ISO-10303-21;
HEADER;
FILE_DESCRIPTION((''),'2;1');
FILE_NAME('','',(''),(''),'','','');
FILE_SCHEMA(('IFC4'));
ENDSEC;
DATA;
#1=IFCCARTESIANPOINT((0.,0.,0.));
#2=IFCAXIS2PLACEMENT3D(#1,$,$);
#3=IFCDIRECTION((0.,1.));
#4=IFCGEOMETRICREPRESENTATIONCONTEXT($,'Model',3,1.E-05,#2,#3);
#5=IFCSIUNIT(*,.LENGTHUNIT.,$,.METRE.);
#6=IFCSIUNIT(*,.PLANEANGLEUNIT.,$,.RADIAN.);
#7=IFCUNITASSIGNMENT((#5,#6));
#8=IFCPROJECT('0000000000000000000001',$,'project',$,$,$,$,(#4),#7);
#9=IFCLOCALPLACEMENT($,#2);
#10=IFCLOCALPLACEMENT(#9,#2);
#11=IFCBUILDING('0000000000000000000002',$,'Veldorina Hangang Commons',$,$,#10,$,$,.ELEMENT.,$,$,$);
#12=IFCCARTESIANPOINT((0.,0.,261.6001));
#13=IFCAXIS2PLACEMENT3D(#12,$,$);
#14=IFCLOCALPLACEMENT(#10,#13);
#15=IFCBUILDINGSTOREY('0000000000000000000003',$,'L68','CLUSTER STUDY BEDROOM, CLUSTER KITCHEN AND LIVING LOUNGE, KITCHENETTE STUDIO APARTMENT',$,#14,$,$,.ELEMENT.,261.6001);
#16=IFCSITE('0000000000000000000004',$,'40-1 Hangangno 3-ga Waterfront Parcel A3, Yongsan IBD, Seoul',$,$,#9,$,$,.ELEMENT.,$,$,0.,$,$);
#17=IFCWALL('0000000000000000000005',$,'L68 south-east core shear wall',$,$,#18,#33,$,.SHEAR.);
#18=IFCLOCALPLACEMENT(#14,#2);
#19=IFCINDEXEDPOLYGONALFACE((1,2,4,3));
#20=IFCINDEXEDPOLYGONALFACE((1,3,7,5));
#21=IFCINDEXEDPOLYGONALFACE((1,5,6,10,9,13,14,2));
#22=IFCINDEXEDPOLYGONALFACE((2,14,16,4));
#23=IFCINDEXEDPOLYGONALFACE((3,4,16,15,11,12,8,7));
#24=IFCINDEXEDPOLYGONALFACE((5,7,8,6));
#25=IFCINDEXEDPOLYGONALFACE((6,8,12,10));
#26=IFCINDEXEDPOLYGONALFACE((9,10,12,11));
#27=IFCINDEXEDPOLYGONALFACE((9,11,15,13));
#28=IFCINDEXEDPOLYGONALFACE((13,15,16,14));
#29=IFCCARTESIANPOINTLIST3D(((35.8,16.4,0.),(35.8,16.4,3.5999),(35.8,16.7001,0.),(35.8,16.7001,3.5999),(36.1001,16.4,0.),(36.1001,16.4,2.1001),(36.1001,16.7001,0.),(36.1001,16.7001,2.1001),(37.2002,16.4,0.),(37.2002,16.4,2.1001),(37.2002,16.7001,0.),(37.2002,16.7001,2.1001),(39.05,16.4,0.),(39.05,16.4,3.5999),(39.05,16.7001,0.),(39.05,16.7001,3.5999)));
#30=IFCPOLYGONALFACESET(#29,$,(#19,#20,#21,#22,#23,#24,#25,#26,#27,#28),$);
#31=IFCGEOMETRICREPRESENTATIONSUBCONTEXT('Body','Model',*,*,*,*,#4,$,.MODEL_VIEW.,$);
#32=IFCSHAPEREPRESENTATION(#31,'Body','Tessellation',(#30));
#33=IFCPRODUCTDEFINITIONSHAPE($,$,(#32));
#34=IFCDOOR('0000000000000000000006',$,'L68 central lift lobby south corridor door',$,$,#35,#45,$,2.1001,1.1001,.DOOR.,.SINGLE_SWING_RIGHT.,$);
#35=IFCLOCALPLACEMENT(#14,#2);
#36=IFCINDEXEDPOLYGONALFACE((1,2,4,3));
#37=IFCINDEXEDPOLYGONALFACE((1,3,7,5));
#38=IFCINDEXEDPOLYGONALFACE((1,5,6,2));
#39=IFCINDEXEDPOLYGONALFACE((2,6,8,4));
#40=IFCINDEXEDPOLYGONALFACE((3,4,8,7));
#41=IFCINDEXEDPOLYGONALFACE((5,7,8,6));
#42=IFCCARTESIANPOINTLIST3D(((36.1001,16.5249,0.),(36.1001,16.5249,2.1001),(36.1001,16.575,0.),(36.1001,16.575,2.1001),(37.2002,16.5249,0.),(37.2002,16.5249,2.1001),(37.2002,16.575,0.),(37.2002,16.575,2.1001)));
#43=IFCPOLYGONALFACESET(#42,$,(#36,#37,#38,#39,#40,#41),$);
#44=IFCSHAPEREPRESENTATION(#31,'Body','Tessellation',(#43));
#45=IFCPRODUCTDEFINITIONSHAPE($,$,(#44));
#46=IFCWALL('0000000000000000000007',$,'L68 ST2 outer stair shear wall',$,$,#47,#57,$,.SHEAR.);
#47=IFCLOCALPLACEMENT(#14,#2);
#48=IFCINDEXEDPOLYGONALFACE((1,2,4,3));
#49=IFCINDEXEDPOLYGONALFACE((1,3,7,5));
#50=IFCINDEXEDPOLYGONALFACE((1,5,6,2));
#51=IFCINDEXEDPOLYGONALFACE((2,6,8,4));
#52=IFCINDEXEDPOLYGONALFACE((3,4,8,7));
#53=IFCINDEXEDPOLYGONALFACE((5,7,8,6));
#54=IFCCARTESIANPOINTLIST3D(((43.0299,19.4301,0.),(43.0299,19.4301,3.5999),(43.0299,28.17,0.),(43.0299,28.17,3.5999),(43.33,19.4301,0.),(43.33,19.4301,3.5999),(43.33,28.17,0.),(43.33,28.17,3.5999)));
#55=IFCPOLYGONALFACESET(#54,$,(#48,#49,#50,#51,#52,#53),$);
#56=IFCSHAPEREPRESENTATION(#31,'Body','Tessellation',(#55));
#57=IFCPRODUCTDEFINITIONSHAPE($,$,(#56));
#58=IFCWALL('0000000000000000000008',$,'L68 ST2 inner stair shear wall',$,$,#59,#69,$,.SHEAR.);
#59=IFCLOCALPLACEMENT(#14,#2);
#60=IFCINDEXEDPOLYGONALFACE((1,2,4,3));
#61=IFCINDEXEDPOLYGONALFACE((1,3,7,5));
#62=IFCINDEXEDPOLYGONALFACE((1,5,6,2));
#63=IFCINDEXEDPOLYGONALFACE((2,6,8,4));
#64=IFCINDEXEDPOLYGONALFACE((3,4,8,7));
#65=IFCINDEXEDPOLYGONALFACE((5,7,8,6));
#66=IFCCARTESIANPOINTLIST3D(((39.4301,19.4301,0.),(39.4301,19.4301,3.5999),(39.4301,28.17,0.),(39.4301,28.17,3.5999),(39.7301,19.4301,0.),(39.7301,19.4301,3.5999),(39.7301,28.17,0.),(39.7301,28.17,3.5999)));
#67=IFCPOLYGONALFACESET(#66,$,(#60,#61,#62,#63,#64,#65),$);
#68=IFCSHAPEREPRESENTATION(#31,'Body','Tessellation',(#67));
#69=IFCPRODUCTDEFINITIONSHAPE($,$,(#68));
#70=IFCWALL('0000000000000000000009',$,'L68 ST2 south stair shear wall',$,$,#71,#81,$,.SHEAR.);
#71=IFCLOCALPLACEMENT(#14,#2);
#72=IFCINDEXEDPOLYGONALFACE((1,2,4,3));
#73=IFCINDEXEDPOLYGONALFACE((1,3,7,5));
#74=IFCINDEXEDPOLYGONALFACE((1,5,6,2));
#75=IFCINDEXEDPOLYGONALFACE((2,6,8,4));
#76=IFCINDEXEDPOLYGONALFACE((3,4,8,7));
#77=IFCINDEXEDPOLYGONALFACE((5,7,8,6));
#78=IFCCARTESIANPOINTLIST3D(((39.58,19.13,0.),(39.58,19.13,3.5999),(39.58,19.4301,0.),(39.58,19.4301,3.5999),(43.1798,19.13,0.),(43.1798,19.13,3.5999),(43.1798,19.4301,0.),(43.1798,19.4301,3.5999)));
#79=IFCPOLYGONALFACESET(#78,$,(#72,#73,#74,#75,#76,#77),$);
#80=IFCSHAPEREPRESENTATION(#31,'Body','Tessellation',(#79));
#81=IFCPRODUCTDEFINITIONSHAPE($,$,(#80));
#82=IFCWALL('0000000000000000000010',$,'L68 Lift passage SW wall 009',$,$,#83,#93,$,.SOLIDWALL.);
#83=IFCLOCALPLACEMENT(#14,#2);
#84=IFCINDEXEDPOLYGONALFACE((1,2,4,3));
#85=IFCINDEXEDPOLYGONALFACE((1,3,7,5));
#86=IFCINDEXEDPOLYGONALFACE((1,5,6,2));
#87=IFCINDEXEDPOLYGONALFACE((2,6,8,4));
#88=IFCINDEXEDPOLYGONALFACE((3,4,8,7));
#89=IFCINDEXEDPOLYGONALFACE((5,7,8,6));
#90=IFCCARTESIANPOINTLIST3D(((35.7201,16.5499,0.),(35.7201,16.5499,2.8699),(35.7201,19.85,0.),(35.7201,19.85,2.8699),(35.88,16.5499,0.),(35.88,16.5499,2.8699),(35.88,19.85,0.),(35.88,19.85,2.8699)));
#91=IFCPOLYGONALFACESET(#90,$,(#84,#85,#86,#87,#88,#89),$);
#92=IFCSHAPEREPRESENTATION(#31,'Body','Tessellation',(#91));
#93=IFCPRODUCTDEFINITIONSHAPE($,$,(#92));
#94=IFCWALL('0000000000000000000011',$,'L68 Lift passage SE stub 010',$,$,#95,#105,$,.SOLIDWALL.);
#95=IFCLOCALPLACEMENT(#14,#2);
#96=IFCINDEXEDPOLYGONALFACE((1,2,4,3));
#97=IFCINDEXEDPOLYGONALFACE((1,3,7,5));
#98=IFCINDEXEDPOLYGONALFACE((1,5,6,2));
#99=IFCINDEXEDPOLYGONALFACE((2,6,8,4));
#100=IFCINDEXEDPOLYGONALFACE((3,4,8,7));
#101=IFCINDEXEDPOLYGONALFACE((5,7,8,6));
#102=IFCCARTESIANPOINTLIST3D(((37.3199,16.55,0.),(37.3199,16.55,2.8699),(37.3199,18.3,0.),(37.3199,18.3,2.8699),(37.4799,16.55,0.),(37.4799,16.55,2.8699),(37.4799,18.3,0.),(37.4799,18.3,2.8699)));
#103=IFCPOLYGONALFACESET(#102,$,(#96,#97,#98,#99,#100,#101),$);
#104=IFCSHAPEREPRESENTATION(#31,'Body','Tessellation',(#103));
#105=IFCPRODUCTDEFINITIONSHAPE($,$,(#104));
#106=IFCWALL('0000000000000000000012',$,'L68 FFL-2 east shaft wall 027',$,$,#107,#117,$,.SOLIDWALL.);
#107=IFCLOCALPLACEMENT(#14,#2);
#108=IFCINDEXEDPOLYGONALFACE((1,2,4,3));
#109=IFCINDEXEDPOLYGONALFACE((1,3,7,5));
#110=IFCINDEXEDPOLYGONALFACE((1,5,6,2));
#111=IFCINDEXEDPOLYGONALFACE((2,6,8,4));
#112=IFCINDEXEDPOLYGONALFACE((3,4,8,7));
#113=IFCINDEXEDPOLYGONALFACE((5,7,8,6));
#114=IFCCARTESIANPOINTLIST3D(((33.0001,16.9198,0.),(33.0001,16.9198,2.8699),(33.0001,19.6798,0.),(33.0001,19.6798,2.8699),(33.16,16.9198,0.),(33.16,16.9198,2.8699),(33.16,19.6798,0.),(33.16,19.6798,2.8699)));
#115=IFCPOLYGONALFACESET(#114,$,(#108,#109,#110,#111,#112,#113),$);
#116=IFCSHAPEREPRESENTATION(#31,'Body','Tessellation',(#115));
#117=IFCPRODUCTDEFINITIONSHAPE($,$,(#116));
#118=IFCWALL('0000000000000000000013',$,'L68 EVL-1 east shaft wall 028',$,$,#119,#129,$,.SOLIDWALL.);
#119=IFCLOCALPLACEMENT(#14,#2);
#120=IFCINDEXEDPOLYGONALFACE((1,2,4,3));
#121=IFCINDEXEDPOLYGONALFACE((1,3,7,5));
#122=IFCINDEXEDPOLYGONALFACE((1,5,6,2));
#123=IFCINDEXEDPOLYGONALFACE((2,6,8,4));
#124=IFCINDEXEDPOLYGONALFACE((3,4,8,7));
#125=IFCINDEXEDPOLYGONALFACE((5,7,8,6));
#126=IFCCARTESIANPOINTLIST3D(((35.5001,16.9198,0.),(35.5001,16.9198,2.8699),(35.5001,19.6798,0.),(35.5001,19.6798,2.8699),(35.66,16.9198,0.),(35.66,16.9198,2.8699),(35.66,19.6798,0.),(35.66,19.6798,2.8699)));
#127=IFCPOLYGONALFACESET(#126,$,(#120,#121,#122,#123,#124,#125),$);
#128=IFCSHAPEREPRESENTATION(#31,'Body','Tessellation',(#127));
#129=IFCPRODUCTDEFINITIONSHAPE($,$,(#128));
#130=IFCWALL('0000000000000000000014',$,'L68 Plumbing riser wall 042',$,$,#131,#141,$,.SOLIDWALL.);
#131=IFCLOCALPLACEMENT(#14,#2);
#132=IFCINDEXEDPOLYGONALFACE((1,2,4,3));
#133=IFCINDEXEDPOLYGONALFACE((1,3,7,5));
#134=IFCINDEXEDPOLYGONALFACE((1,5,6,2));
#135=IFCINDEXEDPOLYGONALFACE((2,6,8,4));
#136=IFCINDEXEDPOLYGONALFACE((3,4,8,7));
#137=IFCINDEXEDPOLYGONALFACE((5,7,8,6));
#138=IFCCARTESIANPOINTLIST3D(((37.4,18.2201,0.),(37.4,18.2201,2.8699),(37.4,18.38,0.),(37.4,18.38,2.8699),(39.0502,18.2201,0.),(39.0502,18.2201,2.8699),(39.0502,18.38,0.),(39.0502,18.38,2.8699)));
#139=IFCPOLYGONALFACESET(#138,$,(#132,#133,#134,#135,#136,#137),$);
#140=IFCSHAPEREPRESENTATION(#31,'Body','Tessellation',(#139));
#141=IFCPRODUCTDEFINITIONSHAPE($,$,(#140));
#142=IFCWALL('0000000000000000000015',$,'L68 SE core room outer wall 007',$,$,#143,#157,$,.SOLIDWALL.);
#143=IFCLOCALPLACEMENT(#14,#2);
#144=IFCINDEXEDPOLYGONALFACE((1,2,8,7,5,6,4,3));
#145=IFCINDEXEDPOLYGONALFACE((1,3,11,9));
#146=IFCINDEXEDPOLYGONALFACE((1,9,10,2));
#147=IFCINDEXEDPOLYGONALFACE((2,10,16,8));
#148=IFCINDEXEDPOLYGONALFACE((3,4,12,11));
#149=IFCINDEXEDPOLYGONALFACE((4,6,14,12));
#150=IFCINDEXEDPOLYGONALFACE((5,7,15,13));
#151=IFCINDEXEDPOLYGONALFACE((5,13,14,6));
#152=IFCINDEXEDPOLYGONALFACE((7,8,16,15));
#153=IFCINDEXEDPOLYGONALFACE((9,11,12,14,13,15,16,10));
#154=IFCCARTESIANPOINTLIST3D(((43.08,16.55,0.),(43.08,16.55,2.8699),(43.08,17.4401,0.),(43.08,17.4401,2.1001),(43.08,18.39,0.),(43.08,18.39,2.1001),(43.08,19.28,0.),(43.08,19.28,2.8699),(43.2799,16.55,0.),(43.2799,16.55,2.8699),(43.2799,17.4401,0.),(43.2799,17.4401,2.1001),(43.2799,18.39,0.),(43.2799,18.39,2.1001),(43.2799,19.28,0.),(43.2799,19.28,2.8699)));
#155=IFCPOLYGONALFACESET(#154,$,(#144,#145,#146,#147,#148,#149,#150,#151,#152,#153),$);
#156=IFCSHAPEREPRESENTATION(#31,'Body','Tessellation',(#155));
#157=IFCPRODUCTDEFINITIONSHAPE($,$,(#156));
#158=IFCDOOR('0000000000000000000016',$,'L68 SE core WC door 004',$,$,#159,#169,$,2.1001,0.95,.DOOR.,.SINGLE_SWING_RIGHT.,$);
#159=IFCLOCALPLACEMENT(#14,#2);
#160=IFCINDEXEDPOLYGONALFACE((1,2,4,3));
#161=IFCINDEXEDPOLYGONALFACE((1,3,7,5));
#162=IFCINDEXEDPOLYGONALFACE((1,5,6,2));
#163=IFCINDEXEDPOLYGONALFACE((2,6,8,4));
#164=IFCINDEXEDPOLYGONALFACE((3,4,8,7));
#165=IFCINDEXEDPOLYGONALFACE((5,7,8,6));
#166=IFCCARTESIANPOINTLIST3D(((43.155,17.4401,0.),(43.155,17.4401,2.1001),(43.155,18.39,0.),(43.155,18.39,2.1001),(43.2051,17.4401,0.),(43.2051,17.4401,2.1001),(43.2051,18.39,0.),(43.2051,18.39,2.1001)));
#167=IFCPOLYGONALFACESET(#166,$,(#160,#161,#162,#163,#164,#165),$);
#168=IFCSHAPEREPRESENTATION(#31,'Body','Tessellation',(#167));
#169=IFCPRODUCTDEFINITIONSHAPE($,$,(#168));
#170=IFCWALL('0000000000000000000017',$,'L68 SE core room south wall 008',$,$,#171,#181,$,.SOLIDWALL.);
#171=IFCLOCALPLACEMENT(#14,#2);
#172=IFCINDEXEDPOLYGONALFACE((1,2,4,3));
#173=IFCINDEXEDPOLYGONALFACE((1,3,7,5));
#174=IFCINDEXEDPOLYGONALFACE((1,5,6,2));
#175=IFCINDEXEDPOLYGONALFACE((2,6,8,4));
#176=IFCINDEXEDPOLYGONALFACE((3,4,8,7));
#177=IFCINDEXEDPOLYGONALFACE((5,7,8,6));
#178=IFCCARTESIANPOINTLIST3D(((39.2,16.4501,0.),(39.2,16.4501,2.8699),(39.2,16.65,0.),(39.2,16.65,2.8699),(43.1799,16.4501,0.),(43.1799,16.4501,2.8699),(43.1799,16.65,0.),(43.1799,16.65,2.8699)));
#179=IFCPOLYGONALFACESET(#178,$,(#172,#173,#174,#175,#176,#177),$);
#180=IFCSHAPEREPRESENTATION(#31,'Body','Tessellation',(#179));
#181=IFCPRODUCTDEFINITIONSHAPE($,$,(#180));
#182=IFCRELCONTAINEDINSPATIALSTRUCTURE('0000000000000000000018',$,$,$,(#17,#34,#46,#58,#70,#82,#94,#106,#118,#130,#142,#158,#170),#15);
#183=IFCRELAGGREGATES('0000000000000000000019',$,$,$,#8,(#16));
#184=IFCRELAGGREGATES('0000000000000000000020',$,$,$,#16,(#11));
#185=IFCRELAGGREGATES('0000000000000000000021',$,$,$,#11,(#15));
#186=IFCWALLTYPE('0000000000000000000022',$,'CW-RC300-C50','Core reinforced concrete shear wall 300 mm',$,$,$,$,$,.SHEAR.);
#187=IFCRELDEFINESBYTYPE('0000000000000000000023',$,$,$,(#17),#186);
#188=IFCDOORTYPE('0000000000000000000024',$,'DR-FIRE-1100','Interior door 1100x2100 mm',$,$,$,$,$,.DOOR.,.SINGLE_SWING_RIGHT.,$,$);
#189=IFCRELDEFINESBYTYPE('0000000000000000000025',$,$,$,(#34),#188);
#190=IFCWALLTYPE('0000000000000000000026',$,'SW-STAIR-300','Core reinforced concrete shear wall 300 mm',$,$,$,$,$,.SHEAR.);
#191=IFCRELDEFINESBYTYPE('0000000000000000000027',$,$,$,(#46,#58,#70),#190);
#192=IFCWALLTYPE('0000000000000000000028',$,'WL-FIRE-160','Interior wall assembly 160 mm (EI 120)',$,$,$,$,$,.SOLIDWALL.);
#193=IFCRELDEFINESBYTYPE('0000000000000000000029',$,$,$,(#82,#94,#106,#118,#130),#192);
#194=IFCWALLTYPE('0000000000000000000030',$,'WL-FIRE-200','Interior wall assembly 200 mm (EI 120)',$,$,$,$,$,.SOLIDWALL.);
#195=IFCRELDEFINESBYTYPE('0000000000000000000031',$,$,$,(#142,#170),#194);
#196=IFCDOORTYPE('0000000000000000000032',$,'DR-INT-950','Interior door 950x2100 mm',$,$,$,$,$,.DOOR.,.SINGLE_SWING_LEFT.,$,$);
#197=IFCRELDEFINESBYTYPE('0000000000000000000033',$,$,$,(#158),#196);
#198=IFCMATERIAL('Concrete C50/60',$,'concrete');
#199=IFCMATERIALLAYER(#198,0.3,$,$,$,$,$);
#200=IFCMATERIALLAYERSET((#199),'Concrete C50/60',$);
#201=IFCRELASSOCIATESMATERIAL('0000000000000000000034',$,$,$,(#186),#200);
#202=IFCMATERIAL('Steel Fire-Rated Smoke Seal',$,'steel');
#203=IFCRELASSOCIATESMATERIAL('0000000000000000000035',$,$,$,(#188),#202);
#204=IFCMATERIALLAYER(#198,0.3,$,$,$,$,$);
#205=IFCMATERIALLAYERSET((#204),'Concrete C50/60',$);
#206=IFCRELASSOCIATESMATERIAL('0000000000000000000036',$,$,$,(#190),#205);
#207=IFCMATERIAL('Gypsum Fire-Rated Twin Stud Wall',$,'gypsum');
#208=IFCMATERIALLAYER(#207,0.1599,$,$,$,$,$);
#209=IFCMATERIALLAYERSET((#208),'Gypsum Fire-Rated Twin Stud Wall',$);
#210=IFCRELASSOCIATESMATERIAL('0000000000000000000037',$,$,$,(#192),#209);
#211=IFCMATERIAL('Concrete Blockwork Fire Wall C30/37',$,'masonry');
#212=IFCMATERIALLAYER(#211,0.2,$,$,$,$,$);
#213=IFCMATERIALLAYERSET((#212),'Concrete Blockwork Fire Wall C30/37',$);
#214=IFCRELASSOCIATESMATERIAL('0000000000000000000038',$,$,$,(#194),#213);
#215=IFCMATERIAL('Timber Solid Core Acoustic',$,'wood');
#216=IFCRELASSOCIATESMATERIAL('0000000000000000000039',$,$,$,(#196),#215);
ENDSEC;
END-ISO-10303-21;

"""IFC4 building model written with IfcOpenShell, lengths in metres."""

from ifc_helpers import new_model, si_unit, direction, frame, frame_2d, origin, place, context, subcontext, project, spatial, rectangle, extrude, material, layer, layer_set, type_object, element, fill, save


model = new_model("IFC4")

# Units and contexts
model_context = context("Model", 3, precision=1e-05, world=origin(), true_north=direction((0.0, 1.0)))
body_context = subcontext(model_context, "Body", "Model", "MODEL_VIEW")
ifc_project = project(units=[si_unit("LENGTHUNIT", "METRE"), si_unit("PLANEANGLEUNIT", "RADIAN")], contexts=[model_context])

# Site, building, storey
site_placement = place(None, origin())
site = spatial("IfcSite", under=ifc_project, at=site_placement, Name="40-1 Hangangno 3-ga Waterfront Parcel A3, Yongsan IBD, Seoul", CompositionType="ELEMENT", RefElevation=0.0)
building_placement = place(site_placement, origin())
building = spatial("IfcBuilding", under=site, at=building_placement, Name="Veldorina Hangang Commons", CompositionType="ELEMENT")
storey_placement = place(building_placement, frame((0.0, 0.0, 261.6001)))
storey = spatial("IfcBuildingStorey", under=building, at=storey_placement, Name="L68", Description="CLUSTER STUDY BEDROOM, CLUSTER KITCHEN AND LIVING LOUNGE, KITCHENETTE STUDIO APARTMENT", CompositionType="ELEMENT", Elevation=261.6001)

# Shared definitions
ifc_material_1 = material(Name="Concrete C50/60", Category="concrete")

# Shared definitions
ifc_layer_1 = layer(ifc_material_1, 0.3)
ifc_layer_set_1 = layer_set([ifc_layer_1], Name="Concrete C50/60")
wall_type_1 = type_object("IfcWallType", Name="CW-RC300-C50", Description="Core reinforced concrete shear wall 300 mm", PredefinedType="SHEAR", material=ifc_layer_set_1)

# Wall, opening, door
wall_1_placement = place(storey_placement, frame((35.8, 16.55, 0.0), z_axis=(0.0, 0.0, 1.0), x_axis=(1.0, 0.0, 0.0)))
wall_1 = element("IfcWall", 1, at=wall_1_placement, inside=storey, type_object=wall_type_1, Name="L68 south-east core shear wall", PredefinedType="SHEAR", context=body_context, shape_type="SweptSolid", body=[
    extrude(rectangle(XDim=3.25, YDim=0.3, at=frame_2d((1.625, 0.0))), origin(), (0.0, 0.0, 1.0), 3.5999),
])
opening_1_placement = place(wall_1_placement, frame((0.3, 0.0, 0.0)))
opening_1 = element("IfcOpeningElement", 2, at=opening_1_placement, cuts=wall_1, PredefinedType="OPENING", context=body_context, shape_type="SweptSolid", body=[
    extrude(rectangle(XDim=1.1001, YDim=2.1001, at=frame_2d((0.55, 1.05))), frame((0.0, 0.1602, 0.0), z_axis=(0.0, -1.0, 0.0), x_axis=(1.0, 0.0, 0.0)), (0.0, 0.0, 1.0), 0.3201),
])
ifc_material_2 = material(Name="Steel Fire-Rated Smoke Seal", Category="steel")
door_type_1 = type_object("IfcDoorType", Name="DR-FIRE-1100", Description="Interior door 1100x2100 mm", OperationType="SINGLE_SWING_RIGHT", PredefinedType="DOOR", material=ifc_material_2)
door_1_placement = place(opening_1_placement, origin())
door_1 = element("IfcDoor", 3, at=door_1_placement, inside=storey, type_object=door_type_1, Name="L68 central lift lobby south corridor door", OperationType="SINGLE_SWING_RIGHT", OverallHeight=2.1001, OverallWidth=1.1001, PredefinedType="DOOR", context=body_context, shape_type="SweptSolid", body=[
    extrude(rectangle(XDim=1.1001, YDim=2.1001, at=frame_2d((0.55, 1.05))), frame((0.0, 0.0249, 0.0), z_axis=(0.0, -1.0, 0.0), x_axis=(1.0, 0.0, 0.0)), (0.0, 0.0, 1.0), 0.05),
])
fill(opening_1, door_1)

# Walls
ifc_layer_2 = layer(ifc_material_1, 0.3)
ifc_layer_set_2 = layer_set([ifc_layer_2], Name="Concrete C50/60")
wall_type_2 = type_object("IfcWallType", Name="SW-STAIR-300", Description="Core reinforced concrete shear wall 300 mm", PredefinedType="SHEAR", material=ifc_layer_set_2)
for number, where, z_axis, x_axis, name in (
    (4, (43.1799, 19.4299, 0.0), (0.0, 0.0, 1.0), (0.0, 1.0, 0.0), "L68 ST2 outer stair shear wall"),
    (5, (39.5801, 19.4299, 0.0), (0.0, 0.0, 1.0), (0.0, 1.0, 0.0), "L68 ST2 inner stair shear wall"),
):
    element("IfcWall", number, at=place(storey_placement, frame(where, z_axis=z_axis, x_axis=x_axis)), inside=storey, type_object=wall_type_2, Name=name, PredefinedType="SHEAR", context=body_context, shape_type="SweptSolid", body=[
        extrude(rectangle(XDim=8.74, YDim=0.3, at=frame_2d((4.3701, 0.0))), origin(), (0.0, 0.0, 1.0), 3.5999),
    ])
wall_2_placement = place(storey_placement, frame((39.5801, 19.28, 0.0), z_axis=(0.0, 0.0, 1.0), x_axis=(1.0, 0.0, 0.0)))
element("IfcWall", 6, at=wall_2_placement, inside=storey, type_object=wall_type_2, Name="L68 ST2 south stair shear wall", PredefinedType="SHEAR", context=body_context, shape_type="SweptSolid", body=[
    extrude(rectangle(XDim=3.5999, YDim=0.3, at=frame_2d((1.7998, 0.0))), origin(), (0.0, 0.0, 1.0), 3.5999),
])
ifc_material_3 = material(Name="Gypsum Fire-Rated Twin Stud Wall", Category="gypsum")
ifc_layer_3 = layer(ifc_material_3, 0.1599)
ifc_layer_set_3 = layer_set([ifc_layer_3], Name="Gypsum Fire-Rated Twin Stud Wall")
wall_type_3 = type_object("IfcWallType", Name="WL-FIRE-160", Description="Interior wall assembly 160 mm (EI 120)", PredefinedType="SOLIDWALL", material=ifc_layer_set_3)
wall_3_placement = place(storey_placement, frame((35.8, 16.55, 0.0), z_axis=(0.0, 0.0, 1.0), x_axis=(0.0, 1.0, 0.0)))
element("IfcWall", 7, at=wall_3_placement, inside=storey, type_object=wall_type_3, Name="L68 Lift passage SW wall 009", PredefinedType="SOLIDWALL", context=body_context, shape_type="SweptSolid", body=[
    extrude(rectangle(XDim=3.3, YDim=0.1599, at=frame_2d((1.6499, 0.0))), origin(), (0.0, 0.0, 1.0), 2.8699),
])
wall_4_placement = place(storey_placement, frame((37.3999, 16.55, 0.0), z_axis=(0.0, 0.0, 1.0), x_axis=(0.0, 1.0, 0.0)))
element("IfcWall", 8, at=wall_4_placement, inside=storey, type_object=wall_type_3, Name="L68 Lift passage SE stub 010", PredefinedType="SOLIDWALL", context=body_context, shape_type="SweptSolid", body=[
    extrude(rectangle(XDim=1.75, YDim=0.1599, at=frame_2d((0.875, 0.0))), origin(), (0.0, 0.0, 1.0), 2.8699),
])
for number, where, z_axis, x_axis, name in (
    (9, (33.0801, 16.9199, 0.0), (0.0, 0.0, 1.0), (0.0, 1.0, 0.0), "L68 FFL-2 east shaft wall 027"),
    (10, (35.5801, 16.9199, 0.0), (0.0, 0.0, 1.0), (0.0, 1.0, 0.0), "L68 EVL-1 east shaft wall 028"),
):
    element("IfcWall", number, at=place(storey_placement, frame(where, z_axis=z_axis, x_axis=x_axis)), inside=storey, type_object=wall_type_3, Name=name, PredefinedType="SOLIDWALL", context=body_context, shape_type="SweptSolid", body=[
        extrude(rectangle(XDim=2.76, YDim=0.1599, at=frame_2d((1.3799, 0.0))), origin(), (0.0, 0.0, 1.0), 2.8699),
    ])
wall_5_placement = place(storey_placement, frame((37.3999, 18.3, 0.0), z_axis=(0.0, 0.0, 1.0), x_axis=(1.0, 0.0, 0.0)))
element("IfcWall", 11, at=wall_5_placement, inside=storey, type_object=wall_type_3, Name="L68 Plumbing riser wall 042", PredefinedType="SOLIDWALL", context=body_context, shape_type="SweptSolid", body=[
    extrude(rectangle(XDim=1.6501, YDim=0.1599, at=frame_2d((0.8252, 0.0))), origin(), (0.0, 0.0, 1.0), 2.8699),
])

# Wall, opening, door
ifc_material_4 = material(Name="Concrete Blockwork Fire Wall C30/37", Category="masonry")
ifc_layer_4 = layer(ifc_material_4, 0.2)
ifc_layer_set_4 = layer_set([ifc_layer_4], Name="Concrete Blockwork Fire Wall C30/37")
wall_type_4 = type_object("IfcWallType", Name="WL-FIRE-200", Description="Interior wall assembly 200 mm (EI 120)", PredefinedType="SOLIDWALL", material=ifc_layer_set_4)
wall_6_placement = place(storey_placement, frame((43.1799, 16.55, 0.0), z_axis=(0.0, 0.0, 1.0), x_axis=(0.0, 1.0, 0.0)))
wall_6 = element("IfcWall", 12, at=wall_6_placement, inside=storey, type_object=wall_type_4, Name="L68 SE core room outer wall 007", PredefinedType="SOLIDWALL", context=body_context, shape_type="SweptSolid", body=[
    extrude(rectangle(XDim=2.73, YDim=0.2, at=frame_2d((1.365, 0.0))), origin(), (0.0, 0.0, 1.0), 2.8699),
])
opening_2_placement = place(wall_6_placement, frame((0.8899, 0.0, 0.0)))
opening_2 = element("IfcOpeningElement", 13, at=opening_2_placement, cuts=wall_6, PredefinedType="OPENING", context=body_context, shape_type="SweptSolid", body=[
    extrude(rectangle(XDim=0.95, YDim=2.1001, at=frame_2d((0.4751, 1.05))), frame((0.0, 0.1099, 0.0), z_axis=(0.0, -1.0, 0.0), x_axis=(1.0, 0.0, 0.0)), (0.0, 0.0, 1.0), 0.22),
])
ifc_material_5 = material(Name="Timber Solid Core Acoustic", Category="wood")
door_type_2 = type_object("IfcDoorType", Name="DR-INT-950", Description="Interior door 950x2100 mm", OperationType="SINGLE_SWING_LEFT", PredefinedType="DOOR", material=ifc_material_5)
door_2_placement = place(opening_2_placement, origin())
door_2 = element("IfcDoor", 14, at=door_2_placement, inside=storey, type_object=door_type_2, Name="L68 SE core WC door 004", OperationType="SINGLE_SWING_RIGHT", OverallHeight=2.1001, OverallWidth=0.95, PredefinedType="DOOR", context=body_context, shape_type="SweptSolid", body=[
    extrude(rectangle(XDim=0.95, YDim=2.1001, at=frame_2d((0.4751, 1.05))), frame((0.0, 0.0249, 0.0), z_axis=(0.0, -1.0, 0.0), x_axis=(1.0, 0.0, 0.0)), (0.0, 0.0, 1.0), 0.05),
])
fill(opening_2, door_2)

# Wall
wall_7_placement = place(storey_placement, frame((39.2, 16.55, 0.0), z_axis=(0.0, 0.0, 1.0), x_axis=(1.0, 0.0, 0.0)))
element("IfcWall", 15, at=wall_7_placement, inside=storey, type_object=wall_type_4, Name="L68 SE core room south wall 008", PredefinedType="SOLIDWALL", context=body_context, shape_type="SweptSolid", body=[
    extrude(rectangle(XDim=3.98, YDim=0.2, at=frame_2d((1.99, 0.0))), origin(), (0.0, 0.0, 1.0), 2.8699),
])

save(model, "model.ifc")
